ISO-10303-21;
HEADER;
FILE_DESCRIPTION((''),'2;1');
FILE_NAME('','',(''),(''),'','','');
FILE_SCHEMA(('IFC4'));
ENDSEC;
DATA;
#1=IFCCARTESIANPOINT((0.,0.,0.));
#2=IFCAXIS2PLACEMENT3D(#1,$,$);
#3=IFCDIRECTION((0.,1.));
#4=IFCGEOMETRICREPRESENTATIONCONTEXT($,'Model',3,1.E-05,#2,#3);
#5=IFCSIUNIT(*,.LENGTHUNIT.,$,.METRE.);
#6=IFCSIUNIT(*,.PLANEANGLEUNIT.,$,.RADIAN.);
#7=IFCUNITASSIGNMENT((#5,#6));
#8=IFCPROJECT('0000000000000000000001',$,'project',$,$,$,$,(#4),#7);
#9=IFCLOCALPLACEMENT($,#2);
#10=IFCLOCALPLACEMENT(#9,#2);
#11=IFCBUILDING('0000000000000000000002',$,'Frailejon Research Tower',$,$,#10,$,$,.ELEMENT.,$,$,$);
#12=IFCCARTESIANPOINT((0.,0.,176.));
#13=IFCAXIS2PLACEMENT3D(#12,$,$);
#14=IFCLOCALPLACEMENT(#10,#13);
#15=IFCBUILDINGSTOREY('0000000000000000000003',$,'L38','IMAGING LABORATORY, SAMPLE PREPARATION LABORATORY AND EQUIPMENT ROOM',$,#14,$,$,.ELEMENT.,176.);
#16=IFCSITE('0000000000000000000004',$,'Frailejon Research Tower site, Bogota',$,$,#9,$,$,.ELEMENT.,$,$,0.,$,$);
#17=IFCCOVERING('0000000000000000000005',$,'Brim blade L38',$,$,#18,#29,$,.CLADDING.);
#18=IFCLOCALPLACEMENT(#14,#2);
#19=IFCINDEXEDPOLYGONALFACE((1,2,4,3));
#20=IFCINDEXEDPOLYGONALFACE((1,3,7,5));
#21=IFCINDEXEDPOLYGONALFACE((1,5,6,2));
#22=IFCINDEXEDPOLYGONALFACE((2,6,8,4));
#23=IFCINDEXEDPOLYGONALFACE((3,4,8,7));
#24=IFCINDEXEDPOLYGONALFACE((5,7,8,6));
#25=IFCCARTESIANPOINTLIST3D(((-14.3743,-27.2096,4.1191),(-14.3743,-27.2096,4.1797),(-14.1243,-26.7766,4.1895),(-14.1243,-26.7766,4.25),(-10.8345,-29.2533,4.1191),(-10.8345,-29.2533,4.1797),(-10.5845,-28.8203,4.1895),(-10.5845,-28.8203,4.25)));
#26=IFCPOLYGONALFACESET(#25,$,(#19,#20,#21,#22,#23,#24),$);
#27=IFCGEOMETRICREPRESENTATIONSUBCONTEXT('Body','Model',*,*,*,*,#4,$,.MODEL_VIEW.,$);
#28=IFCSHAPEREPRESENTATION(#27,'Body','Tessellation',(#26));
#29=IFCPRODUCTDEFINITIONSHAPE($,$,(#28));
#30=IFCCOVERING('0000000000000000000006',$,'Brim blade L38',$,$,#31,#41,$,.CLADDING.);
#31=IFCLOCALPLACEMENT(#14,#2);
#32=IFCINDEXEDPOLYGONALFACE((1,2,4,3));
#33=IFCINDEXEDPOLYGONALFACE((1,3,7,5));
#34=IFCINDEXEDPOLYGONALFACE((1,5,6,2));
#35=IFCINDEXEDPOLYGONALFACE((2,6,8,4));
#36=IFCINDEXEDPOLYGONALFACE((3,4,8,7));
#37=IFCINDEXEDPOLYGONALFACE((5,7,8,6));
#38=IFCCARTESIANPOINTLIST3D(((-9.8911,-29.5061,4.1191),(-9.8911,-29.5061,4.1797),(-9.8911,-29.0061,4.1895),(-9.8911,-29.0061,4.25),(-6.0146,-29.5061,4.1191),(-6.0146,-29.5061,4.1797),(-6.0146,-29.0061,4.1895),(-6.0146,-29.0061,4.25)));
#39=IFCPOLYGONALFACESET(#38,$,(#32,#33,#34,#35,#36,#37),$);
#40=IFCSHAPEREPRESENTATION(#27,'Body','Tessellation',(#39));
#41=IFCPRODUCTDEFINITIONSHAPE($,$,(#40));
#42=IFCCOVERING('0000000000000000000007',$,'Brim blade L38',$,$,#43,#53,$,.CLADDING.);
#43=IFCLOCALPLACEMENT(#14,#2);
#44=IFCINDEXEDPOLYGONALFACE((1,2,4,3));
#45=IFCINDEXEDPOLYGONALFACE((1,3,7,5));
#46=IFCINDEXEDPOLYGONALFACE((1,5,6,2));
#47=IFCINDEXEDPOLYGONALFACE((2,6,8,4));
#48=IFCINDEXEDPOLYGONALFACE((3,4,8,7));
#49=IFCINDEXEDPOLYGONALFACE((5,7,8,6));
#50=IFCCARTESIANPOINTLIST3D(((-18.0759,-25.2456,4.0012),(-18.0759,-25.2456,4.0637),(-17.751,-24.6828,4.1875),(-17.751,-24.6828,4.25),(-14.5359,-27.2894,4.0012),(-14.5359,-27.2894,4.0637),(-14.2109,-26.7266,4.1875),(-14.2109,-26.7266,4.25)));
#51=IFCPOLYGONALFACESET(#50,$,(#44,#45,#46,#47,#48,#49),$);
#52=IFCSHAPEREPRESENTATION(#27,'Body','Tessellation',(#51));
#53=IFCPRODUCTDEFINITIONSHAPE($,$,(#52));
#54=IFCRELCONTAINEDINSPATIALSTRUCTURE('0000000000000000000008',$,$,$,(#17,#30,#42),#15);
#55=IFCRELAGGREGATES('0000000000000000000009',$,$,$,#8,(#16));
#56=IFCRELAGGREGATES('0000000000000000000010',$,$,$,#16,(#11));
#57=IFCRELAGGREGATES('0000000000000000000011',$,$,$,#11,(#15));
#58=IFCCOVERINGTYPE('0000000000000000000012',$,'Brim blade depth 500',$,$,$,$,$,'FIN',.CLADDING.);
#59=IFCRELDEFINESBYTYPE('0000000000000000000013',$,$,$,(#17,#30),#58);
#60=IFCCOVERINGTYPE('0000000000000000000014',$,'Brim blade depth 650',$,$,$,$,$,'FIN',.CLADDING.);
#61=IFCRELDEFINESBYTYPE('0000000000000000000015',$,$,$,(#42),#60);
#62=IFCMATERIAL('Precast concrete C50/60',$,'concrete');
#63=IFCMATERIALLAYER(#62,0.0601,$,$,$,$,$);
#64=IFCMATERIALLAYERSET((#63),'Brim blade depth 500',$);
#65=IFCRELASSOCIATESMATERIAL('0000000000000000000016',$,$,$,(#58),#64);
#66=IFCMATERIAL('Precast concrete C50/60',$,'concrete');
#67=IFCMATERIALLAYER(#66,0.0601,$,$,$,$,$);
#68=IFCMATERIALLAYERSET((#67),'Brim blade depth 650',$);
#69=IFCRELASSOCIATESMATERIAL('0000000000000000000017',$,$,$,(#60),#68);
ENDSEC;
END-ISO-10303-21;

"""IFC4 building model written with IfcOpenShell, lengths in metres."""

from ifc_helpers import new_model, si_unit, direction, frame, origin, place, context, subcontext, project, spatial, polyline, outline, extrude, material, layer, layer_set, type_object, element, save


model = new_model("IFC4")

# Units and contexts
model_context = context("Model", 3, precision=1e-05, world=origin(), true_north=direction((0.0, 1.0)))
body_context = subcontext(model_context, "Body", "Model", "MODEL_VIEW")
ifc_project = project(units=[si_unit("LENGTHUNIT", "METRE"), si_unit("PLANEANGLEUNIT", "RADIAN")], contexts=[model_context])

# Site, building, storey
site_placement = place(None, origin())
site = spatial("IfcSite", under=ifc_project, at=site_placement, Name="Frailejon Research Tower site, Bogota", CompositionType="ELEMENT", RefElevation=0.0)
building_placement = place(site_placement, origin())
building = spatial("IfcBuilding", under=site, at=building_placement, Name="Frailejon Research Tower", CompositionType="ELEMENT")
storey_placement = place(building_placement, frame((0.0, 0.0, 176.0)))
storey = spatial("IfcBuildingStorey", under=building, at=storey_placement, Name="L38", Description="IMAGING LABORATORY, SAMPLE PREPARATION LABORATORY AND EQUIPMENT ROOM", CompositionType="ELEMENT", Elevation=176.0)

# Coverings
ifc_material_1 = material(Name="Precast concrete C50/60", Category="concrete")
ifc_layer_1 = layer(ifc_material_1, 0.0601)
ifc_layer_set_1 = layer_set([ifc_layer_1], Name="Brim blade depth 500")
covering_type_1 = type_object("IfcCoveringType", Name="Brim blade depth 500", ElementType="FIN", PredefinedType="CLADDING", material=ifc_layer_set_1)
covering_1_placement = place(storey_placement, frame((-10.5845, -28.8203, 4.25), z_axis=(-0.866021, 0.500007, 0.0), x_axis=(-0.500007, -0.866021, 0.0)))
element("IfcCovering", 1, at=covering_1_placement, inside=storey, type_object=covering_type_1, Name="Brim blade L38", PredefinedType="CLADDING", context=body_context, shape_type="SweptSolid", body=[
    extrude(outline(polyline([(0.0, -0.0605), (0.5, -0.1309), (0.5, -0.0703), (0.0, 0.0), (0.0, -0.0605)])), origin(), (0.0, 0.0, 1.0), 4.0874),
])
covering_2_placement = place(storey_placement, frame((-6.0146, -29.0061, 4.25), z_axis=(-1.0, 0.0, 0.0), x_axis=(0.0, -1.0, 0.0)))
element("IfcCovering", 2, at=covering_2_placement, inside=storey, type_object=covering_type_1, Name="Brim blade L38", PredefinedType="CLADDING", context=body_context, shape_type="SweptSolid", body=[
    extrude(outline(polyline([(0.0, -0.0605), (0.5, -0.1309), (0.5, -0.0703), (0.0, 0.0), (0.0, -0.0605)])), origin(), (0.0, 0.0, 1.0), 3.8765),
])
ifc_material_2 = material(Name="Precast concrete C50/60", Category="concrete")
ifc_layer_2 = layer(ifc_material_2, 0.0601)
ifc_layer_set_2 = layer_set([ifc_layer_2], Name="Brim blade depth 650")
covering_type_2 = type_object("IfcCoveringType", Name="Brim blade depth 650", ElementType="FIN", PredefinedType="CLADDING", material=ifc_layer_set_2)
covering_3_placement = place(storey_placement, frame((-14.2109, -26.7266, 4.25), z_axis=(-0.866027, 0.499997, 0.0), x_axis=(-0.499997, -0.866027, 0.0)))
element("IfcCovering", 3, at=covering_3_placement, inside=storey, type_object=covering_type_2, Name="Brim blade L38", PredefinedType="CLADDING", context=body_context, shape_type="SweptSolid", body=[
    extrude(outline(polyline([(0.0, -0.0625), (0.6499, -0.2488), (0.6499, -0.1863), (0.0, 0.0), (0.0, -0.0625)])), origin(), (0.0, 0.0, 1.0), 4.0876),
])

save(model, "model.ifc")
